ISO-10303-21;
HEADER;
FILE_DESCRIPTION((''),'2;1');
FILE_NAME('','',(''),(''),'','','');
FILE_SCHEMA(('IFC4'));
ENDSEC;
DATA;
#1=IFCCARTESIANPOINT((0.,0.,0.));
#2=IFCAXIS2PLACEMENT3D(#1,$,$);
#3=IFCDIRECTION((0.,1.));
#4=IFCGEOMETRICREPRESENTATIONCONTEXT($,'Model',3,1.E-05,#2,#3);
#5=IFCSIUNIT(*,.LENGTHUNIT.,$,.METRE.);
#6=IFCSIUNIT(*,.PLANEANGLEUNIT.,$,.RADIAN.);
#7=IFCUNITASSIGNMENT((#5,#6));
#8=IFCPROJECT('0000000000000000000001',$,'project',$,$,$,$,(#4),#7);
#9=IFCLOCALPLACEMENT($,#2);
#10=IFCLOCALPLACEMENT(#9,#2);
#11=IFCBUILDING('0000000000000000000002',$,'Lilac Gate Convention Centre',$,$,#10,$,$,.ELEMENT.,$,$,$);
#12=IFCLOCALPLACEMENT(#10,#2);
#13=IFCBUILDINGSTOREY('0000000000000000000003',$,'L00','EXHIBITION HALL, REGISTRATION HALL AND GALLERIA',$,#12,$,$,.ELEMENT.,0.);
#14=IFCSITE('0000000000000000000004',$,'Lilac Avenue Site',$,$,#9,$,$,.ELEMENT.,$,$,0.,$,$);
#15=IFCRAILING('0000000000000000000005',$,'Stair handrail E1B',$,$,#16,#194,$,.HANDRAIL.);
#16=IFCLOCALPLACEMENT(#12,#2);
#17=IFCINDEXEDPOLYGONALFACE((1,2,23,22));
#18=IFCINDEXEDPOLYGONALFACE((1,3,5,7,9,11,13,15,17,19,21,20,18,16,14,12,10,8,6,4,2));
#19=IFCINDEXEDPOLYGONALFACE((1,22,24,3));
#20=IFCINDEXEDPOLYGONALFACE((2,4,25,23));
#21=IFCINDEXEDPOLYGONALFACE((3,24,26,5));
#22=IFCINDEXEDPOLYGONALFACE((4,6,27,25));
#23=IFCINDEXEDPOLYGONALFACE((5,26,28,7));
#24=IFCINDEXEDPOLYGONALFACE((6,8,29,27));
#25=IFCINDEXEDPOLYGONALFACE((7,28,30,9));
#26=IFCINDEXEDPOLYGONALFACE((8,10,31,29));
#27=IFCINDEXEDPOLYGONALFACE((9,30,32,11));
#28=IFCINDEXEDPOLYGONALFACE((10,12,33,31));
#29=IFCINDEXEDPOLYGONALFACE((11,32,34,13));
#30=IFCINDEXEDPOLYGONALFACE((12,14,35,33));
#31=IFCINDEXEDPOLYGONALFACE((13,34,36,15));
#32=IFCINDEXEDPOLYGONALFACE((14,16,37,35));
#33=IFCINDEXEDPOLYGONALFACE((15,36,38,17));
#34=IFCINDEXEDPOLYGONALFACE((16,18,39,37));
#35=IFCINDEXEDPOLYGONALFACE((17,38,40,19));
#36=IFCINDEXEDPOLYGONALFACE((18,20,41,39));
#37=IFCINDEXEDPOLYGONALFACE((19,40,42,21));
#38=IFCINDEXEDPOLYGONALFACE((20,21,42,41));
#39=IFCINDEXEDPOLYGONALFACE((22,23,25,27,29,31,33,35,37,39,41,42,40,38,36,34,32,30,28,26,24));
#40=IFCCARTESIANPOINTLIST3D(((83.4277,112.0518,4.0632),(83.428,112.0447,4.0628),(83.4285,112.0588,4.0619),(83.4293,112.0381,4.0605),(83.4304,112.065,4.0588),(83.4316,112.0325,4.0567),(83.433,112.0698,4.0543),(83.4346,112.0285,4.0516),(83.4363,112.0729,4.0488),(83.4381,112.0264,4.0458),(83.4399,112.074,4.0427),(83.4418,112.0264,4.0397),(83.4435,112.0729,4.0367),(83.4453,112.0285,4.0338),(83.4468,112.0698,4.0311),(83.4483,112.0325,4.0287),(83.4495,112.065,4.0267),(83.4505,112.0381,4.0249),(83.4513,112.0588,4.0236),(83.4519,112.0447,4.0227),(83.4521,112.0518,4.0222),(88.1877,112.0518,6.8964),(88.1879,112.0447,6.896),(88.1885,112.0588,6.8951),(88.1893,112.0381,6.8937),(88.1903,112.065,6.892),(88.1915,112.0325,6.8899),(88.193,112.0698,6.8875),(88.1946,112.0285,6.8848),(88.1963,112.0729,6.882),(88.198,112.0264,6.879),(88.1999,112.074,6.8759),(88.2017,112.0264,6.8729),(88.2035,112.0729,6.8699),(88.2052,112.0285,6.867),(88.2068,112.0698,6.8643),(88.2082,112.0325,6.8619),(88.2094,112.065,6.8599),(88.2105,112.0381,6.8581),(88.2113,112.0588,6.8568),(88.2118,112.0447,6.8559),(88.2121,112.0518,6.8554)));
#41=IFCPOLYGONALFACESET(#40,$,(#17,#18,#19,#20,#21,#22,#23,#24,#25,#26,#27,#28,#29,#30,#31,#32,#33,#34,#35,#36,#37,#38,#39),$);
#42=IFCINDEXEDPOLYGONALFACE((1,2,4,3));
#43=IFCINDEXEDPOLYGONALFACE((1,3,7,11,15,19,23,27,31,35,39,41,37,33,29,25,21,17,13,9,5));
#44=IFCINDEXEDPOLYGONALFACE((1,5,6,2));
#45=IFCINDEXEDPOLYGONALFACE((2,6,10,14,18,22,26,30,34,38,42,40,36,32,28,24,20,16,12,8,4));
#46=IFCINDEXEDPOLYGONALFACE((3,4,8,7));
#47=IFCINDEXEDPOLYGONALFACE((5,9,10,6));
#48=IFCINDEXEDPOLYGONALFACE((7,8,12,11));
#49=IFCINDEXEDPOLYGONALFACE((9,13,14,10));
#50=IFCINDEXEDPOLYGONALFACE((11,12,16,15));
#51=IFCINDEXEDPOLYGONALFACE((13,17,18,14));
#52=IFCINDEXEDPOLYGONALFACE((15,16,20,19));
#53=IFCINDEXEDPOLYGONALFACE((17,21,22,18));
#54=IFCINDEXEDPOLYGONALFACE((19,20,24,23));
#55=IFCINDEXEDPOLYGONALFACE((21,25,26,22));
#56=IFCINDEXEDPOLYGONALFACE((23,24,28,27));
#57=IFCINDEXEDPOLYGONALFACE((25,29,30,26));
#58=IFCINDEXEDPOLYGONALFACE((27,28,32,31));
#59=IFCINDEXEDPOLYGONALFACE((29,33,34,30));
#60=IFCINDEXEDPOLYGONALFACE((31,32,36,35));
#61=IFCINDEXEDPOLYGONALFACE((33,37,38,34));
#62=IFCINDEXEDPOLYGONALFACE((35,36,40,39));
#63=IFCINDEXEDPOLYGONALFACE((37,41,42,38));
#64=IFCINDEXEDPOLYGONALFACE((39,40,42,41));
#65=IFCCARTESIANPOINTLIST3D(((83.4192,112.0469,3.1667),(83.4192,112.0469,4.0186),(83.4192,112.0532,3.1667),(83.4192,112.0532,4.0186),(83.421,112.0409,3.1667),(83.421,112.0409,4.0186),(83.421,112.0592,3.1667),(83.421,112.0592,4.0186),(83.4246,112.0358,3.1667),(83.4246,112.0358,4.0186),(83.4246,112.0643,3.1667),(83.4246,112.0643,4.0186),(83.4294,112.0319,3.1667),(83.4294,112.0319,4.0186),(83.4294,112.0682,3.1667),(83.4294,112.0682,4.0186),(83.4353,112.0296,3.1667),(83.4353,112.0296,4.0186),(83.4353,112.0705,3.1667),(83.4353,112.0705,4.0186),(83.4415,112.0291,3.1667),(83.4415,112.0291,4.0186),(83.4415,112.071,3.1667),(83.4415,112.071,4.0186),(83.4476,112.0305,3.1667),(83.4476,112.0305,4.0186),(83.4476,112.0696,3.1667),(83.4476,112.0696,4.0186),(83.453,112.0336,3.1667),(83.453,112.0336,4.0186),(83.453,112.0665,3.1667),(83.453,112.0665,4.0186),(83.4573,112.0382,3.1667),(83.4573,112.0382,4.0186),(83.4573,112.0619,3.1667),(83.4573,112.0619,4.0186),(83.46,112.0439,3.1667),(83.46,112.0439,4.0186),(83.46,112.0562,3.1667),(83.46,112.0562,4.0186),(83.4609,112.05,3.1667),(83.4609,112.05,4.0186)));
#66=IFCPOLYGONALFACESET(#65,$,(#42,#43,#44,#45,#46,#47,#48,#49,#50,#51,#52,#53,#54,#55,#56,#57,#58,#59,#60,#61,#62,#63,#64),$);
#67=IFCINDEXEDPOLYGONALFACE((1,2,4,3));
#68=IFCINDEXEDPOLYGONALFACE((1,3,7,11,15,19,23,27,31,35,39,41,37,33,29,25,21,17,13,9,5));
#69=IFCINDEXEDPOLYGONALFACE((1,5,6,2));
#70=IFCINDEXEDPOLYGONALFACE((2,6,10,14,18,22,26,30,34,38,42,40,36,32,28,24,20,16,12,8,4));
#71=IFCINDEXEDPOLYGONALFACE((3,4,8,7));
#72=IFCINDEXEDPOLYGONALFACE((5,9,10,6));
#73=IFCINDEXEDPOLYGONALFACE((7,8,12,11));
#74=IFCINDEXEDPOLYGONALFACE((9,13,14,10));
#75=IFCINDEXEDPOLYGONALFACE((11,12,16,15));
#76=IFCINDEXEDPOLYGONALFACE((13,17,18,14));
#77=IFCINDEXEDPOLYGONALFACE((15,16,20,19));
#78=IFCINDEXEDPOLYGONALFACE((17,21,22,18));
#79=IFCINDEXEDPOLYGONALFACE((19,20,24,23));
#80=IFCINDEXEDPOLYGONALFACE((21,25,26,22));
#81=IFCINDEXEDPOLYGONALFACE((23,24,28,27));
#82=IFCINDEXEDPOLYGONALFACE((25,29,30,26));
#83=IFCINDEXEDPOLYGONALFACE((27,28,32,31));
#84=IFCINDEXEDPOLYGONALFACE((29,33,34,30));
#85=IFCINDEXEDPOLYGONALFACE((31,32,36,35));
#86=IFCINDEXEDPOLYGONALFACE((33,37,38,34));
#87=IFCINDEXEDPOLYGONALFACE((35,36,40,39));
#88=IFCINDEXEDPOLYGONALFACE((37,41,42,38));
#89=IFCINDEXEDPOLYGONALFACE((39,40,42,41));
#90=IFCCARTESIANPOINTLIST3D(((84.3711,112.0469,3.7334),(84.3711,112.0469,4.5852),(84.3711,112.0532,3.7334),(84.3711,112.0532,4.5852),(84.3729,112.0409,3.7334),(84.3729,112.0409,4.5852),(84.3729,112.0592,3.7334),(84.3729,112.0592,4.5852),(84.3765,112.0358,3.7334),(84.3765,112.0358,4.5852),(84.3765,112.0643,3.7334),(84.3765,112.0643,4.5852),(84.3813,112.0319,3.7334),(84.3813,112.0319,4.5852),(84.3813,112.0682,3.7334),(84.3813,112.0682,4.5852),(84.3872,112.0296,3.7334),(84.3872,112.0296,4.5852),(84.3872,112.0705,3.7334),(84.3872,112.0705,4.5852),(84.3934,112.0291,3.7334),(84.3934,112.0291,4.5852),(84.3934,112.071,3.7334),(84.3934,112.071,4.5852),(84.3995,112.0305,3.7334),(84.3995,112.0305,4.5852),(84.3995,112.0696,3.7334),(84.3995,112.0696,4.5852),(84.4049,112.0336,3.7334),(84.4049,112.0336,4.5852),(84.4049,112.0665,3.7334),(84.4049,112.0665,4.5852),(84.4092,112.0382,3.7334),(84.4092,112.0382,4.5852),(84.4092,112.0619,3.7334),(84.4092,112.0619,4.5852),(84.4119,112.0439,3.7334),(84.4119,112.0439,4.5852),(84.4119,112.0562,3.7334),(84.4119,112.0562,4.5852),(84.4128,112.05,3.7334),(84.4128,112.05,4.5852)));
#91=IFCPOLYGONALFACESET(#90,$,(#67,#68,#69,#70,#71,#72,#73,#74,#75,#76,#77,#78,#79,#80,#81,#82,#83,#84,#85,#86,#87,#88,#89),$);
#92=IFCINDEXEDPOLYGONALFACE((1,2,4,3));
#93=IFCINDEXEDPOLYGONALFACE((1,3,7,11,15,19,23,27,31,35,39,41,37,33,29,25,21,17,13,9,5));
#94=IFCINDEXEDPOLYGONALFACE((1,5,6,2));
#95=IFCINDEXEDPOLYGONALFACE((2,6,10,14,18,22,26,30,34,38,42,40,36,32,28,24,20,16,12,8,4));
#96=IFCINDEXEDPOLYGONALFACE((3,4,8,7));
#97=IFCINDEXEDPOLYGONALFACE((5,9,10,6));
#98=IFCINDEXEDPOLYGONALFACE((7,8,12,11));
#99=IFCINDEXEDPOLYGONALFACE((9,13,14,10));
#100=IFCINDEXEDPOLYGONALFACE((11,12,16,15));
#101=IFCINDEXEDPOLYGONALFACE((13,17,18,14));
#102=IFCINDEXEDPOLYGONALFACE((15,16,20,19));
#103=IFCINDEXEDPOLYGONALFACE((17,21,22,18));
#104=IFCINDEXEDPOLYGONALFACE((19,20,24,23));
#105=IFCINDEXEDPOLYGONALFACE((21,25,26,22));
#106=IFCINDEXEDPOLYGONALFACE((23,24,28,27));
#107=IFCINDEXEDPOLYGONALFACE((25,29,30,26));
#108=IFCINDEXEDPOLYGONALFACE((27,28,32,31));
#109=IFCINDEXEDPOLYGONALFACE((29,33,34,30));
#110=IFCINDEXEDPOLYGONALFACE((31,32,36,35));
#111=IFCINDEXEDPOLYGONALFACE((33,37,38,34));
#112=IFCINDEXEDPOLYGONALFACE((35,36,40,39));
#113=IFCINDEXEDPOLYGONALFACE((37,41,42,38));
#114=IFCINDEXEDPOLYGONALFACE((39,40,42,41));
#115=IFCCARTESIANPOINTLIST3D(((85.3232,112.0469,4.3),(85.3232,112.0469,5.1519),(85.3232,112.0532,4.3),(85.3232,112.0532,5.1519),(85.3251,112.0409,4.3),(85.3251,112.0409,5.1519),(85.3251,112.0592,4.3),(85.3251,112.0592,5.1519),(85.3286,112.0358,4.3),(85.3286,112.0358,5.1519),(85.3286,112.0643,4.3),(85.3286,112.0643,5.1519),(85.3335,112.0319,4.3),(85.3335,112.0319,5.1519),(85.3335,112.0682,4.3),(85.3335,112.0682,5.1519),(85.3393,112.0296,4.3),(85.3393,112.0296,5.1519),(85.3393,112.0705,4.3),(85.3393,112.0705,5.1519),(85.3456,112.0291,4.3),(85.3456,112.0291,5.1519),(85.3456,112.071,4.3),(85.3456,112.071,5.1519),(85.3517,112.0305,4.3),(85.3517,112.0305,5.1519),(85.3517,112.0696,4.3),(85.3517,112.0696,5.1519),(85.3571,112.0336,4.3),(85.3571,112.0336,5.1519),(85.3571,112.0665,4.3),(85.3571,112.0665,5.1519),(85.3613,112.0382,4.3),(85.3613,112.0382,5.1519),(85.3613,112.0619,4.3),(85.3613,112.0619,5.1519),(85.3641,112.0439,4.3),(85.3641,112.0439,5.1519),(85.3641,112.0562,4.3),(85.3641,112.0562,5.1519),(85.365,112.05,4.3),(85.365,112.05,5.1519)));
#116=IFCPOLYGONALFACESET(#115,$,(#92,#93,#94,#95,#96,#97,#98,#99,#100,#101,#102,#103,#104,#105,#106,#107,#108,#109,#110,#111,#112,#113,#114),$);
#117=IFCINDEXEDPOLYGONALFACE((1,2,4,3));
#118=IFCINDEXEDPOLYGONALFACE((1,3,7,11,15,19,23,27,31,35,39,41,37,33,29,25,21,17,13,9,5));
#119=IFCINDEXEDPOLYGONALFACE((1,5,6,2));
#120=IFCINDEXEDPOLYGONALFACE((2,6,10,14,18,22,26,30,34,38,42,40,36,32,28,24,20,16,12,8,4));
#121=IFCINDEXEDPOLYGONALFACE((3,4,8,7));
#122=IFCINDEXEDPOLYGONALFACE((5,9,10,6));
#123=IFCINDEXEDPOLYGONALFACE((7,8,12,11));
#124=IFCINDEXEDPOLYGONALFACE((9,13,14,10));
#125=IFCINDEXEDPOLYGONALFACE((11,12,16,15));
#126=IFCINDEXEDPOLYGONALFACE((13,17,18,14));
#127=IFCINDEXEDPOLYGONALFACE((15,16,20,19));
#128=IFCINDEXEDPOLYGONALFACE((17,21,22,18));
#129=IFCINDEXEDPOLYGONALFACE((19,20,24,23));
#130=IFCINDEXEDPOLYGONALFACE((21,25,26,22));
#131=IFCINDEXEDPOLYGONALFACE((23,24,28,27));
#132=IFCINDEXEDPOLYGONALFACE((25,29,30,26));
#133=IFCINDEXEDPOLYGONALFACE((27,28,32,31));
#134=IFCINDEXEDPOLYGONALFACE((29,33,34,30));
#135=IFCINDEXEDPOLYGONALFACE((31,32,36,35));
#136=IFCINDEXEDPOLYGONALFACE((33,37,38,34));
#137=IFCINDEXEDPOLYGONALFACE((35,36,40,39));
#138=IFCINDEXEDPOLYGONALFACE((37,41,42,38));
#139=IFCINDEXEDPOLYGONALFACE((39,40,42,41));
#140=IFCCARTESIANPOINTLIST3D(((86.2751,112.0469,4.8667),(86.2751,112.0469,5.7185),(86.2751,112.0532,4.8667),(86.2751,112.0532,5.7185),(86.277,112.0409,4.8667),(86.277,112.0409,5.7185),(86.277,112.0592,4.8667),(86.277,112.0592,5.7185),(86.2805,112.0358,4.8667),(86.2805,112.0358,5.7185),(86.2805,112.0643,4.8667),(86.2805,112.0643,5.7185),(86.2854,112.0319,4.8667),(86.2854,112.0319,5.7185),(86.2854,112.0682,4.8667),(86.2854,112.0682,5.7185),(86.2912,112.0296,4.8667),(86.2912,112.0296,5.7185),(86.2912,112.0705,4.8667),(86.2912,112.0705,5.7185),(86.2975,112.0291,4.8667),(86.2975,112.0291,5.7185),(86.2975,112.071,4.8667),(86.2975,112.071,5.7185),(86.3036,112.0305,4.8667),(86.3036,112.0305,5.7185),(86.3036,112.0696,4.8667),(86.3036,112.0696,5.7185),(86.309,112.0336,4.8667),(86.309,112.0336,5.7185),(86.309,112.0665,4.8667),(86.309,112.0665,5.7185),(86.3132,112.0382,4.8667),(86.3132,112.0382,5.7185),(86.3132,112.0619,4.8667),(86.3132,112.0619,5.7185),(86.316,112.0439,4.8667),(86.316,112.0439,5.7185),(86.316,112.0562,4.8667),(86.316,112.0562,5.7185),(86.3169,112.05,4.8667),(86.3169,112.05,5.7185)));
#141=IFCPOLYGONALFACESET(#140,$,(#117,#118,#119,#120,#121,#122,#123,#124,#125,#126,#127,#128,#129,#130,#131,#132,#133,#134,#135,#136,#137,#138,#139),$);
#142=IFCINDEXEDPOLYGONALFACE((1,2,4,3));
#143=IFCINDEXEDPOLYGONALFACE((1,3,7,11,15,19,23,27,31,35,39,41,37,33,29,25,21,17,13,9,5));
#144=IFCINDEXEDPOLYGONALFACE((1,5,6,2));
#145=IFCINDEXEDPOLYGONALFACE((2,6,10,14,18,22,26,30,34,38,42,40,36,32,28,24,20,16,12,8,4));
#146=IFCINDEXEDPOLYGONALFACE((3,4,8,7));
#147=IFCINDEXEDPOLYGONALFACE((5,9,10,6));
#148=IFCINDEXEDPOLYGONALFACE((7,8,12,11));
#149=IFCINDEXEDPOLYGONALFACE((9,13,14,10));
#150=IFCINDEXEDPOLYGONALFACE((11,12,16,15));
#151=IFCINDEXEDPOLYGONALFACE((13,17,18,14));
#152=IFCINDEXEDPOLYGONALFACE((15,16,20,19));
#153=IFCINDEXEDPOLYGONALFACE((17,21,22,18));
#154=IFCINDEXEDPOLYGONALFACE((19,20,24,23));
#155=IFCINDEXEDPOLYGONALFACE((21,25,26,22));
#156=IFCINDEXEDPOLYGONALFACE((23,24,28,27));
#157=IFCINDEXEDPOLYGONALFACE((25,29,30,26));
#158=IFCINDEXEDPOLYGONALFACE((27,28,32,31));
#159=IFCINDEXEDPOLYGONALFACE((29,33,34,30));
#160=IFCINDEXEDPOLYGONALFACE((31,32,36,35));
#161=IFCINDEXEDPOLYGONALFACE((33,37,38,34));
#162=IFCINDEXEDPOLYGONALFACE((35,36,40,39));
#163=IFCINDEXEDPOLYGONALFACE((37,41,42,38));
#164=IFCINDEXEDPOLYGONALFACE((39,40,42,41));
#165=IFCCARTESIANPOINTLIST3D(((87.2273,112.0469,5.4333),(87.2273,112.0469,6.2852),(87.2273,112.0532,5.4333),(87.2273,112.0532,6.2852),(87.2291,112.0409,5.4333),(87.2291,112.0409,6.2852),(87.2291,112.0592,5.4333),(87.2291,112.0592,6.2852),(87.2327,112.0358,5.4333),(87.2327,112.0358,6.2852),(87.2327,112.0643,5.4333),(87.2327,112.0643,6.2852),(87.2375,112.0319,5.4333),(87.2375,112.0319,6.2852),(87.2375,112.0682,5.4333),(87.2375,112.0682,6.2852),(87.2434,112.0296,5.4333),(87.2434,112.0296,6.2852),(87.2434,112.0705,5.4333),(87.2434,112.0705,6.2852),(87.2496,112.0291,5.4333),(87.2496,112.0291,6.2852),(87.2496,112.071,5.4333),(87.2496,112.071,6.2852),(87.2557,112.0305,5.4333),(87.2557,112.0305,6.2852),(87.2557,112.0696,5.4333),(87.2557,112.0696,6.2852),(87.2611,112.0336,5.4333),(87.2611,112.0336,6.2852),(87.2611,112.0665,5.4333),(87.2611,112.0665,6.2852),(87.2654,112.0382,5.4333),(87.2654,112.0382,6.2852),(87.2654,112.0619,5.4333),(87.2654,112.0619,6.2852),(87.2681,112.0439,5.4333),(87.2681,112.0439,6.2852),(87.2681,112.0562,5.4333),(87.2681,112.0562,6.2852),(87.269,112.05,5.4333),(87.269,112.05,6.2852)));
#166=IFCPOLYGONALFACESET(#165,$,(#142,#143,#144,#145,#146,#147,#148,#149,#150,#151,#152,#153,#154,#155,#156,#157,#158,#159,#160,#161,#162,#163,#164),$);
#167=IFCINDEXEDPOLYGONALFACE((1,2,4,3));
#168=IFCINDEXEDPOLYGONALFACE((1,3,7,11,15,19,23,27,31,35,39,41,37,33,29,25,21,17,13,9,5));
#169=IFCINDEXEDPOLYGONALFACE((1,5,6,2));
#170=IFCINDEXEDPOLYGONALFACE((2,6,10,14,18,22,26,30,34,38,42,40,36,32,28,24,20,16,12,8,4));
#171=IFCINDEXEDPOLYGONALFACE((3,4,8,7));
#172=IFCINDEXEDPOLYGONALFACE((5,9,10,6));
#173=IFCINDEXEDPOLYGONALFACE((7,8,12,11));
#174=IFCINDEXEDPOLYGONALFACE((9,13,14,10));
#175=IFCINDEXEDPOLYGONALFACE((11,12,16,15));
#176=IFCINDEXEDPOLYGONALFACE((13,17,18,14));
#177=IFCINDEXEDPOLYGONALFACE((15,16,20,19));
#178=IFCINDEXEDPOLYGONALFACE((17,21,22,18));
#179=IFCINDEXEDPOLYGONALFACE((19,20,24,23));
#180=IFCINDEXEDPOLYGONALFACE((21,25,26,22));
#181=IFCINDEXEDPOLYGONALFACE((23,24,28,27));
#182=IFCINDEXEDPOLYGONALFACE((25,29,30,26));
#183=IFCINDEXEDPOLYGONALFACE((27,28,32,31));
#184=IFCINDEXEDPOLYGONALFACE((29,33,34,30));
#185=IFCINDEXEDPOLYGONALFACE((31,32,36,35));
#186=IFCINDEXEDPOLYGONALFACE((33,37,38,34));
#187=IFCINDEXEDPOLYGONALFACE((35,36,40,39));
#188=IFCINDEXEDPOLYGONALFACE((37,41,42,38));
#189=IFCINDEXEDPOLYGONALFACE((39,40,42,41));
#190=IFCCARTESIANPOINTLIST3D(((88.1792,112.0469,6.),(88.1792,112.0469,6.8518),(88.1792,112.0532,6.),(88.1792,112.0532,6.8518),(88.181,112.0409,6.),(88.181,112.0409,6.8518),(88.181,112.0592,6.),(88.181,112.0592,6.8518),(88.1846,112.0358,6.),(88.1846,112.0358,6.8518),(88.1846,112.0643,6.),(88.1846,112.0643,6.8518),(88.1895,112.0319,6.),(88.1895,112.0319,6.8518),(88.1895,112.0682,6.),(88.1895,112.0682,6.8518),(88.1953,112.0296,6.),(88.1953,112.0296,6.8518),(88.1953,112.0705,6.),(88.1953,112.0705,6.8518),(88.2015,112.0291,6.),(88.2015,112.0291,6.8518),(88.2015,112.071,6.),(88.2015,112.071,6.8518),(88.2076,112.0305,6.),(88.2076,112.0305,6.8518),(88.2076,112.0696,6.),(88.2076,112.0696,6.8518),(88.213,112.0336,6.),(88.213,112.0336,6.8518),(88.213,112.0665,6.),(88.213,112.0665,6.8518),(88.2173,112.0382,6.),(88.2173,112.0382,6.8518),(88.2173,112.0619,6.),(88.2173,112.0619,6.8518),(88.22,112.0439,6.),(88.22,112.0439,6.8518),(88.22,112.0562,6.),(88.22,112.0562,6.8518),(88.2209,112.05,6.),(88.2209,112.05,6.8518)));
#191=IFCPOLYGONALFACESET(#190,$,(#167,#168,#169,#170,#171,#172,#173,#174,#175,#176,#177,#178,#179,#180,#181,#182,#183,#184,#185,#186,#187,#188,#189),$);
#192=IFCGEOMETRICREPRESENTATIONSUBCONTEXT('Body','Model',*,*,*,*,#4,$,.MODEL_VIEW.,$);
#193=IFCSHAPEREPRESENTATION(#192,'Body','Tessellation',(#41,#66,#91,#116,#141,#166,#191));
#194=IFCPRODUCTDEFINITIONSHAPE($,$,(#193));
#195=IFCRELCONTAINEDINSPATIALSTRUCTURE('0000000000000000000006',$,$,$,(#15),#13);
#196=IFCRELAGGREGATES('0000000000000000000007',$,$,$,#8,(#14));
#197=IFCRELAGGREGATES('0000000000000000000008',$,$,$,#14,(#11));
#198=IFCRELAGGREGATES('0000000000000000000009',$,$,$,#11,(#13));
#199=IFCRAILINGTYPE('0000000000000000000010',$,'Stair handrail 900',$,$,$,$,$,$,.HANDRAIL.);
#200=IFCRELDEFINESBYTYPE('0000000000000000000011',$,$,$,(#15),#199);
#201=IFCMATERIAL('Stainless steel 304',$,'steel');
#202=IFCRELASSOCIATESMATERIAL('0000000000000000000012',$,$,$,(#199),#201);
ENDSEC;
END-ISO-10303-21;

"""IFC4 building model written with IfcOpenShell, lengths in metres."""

from ifc_helpers import new_model, si_unit, direction, frame, origin, origin_2d, place, context, subcontext, project, spatial, circle, extrude, material, type_object, element, save


model = new_model("IFC4")

# Units and contexts
model_context = context("Model", 3, precision=1e-05, world=origin(), true_north=direction((0.0, 1.0)))
body_context = subcontext(model_context, "Body", "Model", "MODEL_VIEW")
ifc_project = project(units=[si_unit("LENGTHUNIT", "METRE"), si_unit("PLANEANGLEUNIT", "RADIAN")], contexts=[model_context])

# Site, building, storey
site_placement = place(None, origin())
site = spatial("IfcSite", under=ifc_project, at=site_placement, Name="Lilac Avenue Site", CompositionType="ELEMENT", RefElevation=0.0)
building_placement = place(site_placement, origin())
building = spatial("IfcBuilding", under=site, at=building_placement, Name="Lilac Gate Convention Centre", CompositionType="ELEMENT")
storey_placement = place(building_placement, origin())
storey = spatial("IfcBuildingStorey", under=building, at=storey_placement, Name="L00", Description="EXHIBITION HALL, REGISTRATION HALL AND GALLERIA", CompositionType="ELEMENT", Elevation=0.0)

# Railing
ifc_material_1 = material(Name="Stainless steel 304", Category="steel")
railing_type_1 = type_object("IfcRailingType", Name="Stair handrail 900", PredefinedType="HANDRAIL", material=ifc_material_1)
for number, where, name in (
    (1, (83.4399, 112.05, 3.1667), "Stair handrail E1B"),
):
    element("IfcRailing", number, at=place(storey_placement, frame(where)), inside=storey, type_object=railing_type_1, Name=name, PredefinedType="HANDRAIL", context=body_context, shape_type="SweptSolid", body=[
        extrude(circle(Radius=0.0239, at=origin_2d()), frame((0.0, 0.0, 0.876), z_axis=(0.8593, 0.0, 0.511472), x_axis=(0.0, 1.0, 0.0)), (0.0, 0.0, 1.0), 5.5393),
        extrude(circle(Radius=0.021, at=origin_2d()), origin(), (0.0, 0.0, 1.0), 0.8518),
        extrude(circle(Radius=0.021, at=origin_2d()), frame((0.9519, 0.0, 0.5667)), (0.0, 0.0, 1.0), 0.8518),
        extrude(circle(Radius=0.021, at=origin_2d()), frame((1.9041, 0.0, 1.1333)), (0.0, 0.0, 1.0), 0.8518),
        extrude(circle(Radius=0.021, at=origin_2d()), frame((2.856, 0.0, 1.7)), (0.0, 0.0, 1.0), 0.8518),
        extrude(circle(Radius=0.021, at=origin_2d()), frame((3.8081, 0.0, 2.2666)), (0.0, 0.0, 1.0), 0.8518),
        extrude(circle(Radius=0.021, at=origin_2d()), frame((4.76, 0.0, 2.8333)), (0.0, 0.0, 1.0), 0.8518),
    ])

save(model, "model.ifc")
